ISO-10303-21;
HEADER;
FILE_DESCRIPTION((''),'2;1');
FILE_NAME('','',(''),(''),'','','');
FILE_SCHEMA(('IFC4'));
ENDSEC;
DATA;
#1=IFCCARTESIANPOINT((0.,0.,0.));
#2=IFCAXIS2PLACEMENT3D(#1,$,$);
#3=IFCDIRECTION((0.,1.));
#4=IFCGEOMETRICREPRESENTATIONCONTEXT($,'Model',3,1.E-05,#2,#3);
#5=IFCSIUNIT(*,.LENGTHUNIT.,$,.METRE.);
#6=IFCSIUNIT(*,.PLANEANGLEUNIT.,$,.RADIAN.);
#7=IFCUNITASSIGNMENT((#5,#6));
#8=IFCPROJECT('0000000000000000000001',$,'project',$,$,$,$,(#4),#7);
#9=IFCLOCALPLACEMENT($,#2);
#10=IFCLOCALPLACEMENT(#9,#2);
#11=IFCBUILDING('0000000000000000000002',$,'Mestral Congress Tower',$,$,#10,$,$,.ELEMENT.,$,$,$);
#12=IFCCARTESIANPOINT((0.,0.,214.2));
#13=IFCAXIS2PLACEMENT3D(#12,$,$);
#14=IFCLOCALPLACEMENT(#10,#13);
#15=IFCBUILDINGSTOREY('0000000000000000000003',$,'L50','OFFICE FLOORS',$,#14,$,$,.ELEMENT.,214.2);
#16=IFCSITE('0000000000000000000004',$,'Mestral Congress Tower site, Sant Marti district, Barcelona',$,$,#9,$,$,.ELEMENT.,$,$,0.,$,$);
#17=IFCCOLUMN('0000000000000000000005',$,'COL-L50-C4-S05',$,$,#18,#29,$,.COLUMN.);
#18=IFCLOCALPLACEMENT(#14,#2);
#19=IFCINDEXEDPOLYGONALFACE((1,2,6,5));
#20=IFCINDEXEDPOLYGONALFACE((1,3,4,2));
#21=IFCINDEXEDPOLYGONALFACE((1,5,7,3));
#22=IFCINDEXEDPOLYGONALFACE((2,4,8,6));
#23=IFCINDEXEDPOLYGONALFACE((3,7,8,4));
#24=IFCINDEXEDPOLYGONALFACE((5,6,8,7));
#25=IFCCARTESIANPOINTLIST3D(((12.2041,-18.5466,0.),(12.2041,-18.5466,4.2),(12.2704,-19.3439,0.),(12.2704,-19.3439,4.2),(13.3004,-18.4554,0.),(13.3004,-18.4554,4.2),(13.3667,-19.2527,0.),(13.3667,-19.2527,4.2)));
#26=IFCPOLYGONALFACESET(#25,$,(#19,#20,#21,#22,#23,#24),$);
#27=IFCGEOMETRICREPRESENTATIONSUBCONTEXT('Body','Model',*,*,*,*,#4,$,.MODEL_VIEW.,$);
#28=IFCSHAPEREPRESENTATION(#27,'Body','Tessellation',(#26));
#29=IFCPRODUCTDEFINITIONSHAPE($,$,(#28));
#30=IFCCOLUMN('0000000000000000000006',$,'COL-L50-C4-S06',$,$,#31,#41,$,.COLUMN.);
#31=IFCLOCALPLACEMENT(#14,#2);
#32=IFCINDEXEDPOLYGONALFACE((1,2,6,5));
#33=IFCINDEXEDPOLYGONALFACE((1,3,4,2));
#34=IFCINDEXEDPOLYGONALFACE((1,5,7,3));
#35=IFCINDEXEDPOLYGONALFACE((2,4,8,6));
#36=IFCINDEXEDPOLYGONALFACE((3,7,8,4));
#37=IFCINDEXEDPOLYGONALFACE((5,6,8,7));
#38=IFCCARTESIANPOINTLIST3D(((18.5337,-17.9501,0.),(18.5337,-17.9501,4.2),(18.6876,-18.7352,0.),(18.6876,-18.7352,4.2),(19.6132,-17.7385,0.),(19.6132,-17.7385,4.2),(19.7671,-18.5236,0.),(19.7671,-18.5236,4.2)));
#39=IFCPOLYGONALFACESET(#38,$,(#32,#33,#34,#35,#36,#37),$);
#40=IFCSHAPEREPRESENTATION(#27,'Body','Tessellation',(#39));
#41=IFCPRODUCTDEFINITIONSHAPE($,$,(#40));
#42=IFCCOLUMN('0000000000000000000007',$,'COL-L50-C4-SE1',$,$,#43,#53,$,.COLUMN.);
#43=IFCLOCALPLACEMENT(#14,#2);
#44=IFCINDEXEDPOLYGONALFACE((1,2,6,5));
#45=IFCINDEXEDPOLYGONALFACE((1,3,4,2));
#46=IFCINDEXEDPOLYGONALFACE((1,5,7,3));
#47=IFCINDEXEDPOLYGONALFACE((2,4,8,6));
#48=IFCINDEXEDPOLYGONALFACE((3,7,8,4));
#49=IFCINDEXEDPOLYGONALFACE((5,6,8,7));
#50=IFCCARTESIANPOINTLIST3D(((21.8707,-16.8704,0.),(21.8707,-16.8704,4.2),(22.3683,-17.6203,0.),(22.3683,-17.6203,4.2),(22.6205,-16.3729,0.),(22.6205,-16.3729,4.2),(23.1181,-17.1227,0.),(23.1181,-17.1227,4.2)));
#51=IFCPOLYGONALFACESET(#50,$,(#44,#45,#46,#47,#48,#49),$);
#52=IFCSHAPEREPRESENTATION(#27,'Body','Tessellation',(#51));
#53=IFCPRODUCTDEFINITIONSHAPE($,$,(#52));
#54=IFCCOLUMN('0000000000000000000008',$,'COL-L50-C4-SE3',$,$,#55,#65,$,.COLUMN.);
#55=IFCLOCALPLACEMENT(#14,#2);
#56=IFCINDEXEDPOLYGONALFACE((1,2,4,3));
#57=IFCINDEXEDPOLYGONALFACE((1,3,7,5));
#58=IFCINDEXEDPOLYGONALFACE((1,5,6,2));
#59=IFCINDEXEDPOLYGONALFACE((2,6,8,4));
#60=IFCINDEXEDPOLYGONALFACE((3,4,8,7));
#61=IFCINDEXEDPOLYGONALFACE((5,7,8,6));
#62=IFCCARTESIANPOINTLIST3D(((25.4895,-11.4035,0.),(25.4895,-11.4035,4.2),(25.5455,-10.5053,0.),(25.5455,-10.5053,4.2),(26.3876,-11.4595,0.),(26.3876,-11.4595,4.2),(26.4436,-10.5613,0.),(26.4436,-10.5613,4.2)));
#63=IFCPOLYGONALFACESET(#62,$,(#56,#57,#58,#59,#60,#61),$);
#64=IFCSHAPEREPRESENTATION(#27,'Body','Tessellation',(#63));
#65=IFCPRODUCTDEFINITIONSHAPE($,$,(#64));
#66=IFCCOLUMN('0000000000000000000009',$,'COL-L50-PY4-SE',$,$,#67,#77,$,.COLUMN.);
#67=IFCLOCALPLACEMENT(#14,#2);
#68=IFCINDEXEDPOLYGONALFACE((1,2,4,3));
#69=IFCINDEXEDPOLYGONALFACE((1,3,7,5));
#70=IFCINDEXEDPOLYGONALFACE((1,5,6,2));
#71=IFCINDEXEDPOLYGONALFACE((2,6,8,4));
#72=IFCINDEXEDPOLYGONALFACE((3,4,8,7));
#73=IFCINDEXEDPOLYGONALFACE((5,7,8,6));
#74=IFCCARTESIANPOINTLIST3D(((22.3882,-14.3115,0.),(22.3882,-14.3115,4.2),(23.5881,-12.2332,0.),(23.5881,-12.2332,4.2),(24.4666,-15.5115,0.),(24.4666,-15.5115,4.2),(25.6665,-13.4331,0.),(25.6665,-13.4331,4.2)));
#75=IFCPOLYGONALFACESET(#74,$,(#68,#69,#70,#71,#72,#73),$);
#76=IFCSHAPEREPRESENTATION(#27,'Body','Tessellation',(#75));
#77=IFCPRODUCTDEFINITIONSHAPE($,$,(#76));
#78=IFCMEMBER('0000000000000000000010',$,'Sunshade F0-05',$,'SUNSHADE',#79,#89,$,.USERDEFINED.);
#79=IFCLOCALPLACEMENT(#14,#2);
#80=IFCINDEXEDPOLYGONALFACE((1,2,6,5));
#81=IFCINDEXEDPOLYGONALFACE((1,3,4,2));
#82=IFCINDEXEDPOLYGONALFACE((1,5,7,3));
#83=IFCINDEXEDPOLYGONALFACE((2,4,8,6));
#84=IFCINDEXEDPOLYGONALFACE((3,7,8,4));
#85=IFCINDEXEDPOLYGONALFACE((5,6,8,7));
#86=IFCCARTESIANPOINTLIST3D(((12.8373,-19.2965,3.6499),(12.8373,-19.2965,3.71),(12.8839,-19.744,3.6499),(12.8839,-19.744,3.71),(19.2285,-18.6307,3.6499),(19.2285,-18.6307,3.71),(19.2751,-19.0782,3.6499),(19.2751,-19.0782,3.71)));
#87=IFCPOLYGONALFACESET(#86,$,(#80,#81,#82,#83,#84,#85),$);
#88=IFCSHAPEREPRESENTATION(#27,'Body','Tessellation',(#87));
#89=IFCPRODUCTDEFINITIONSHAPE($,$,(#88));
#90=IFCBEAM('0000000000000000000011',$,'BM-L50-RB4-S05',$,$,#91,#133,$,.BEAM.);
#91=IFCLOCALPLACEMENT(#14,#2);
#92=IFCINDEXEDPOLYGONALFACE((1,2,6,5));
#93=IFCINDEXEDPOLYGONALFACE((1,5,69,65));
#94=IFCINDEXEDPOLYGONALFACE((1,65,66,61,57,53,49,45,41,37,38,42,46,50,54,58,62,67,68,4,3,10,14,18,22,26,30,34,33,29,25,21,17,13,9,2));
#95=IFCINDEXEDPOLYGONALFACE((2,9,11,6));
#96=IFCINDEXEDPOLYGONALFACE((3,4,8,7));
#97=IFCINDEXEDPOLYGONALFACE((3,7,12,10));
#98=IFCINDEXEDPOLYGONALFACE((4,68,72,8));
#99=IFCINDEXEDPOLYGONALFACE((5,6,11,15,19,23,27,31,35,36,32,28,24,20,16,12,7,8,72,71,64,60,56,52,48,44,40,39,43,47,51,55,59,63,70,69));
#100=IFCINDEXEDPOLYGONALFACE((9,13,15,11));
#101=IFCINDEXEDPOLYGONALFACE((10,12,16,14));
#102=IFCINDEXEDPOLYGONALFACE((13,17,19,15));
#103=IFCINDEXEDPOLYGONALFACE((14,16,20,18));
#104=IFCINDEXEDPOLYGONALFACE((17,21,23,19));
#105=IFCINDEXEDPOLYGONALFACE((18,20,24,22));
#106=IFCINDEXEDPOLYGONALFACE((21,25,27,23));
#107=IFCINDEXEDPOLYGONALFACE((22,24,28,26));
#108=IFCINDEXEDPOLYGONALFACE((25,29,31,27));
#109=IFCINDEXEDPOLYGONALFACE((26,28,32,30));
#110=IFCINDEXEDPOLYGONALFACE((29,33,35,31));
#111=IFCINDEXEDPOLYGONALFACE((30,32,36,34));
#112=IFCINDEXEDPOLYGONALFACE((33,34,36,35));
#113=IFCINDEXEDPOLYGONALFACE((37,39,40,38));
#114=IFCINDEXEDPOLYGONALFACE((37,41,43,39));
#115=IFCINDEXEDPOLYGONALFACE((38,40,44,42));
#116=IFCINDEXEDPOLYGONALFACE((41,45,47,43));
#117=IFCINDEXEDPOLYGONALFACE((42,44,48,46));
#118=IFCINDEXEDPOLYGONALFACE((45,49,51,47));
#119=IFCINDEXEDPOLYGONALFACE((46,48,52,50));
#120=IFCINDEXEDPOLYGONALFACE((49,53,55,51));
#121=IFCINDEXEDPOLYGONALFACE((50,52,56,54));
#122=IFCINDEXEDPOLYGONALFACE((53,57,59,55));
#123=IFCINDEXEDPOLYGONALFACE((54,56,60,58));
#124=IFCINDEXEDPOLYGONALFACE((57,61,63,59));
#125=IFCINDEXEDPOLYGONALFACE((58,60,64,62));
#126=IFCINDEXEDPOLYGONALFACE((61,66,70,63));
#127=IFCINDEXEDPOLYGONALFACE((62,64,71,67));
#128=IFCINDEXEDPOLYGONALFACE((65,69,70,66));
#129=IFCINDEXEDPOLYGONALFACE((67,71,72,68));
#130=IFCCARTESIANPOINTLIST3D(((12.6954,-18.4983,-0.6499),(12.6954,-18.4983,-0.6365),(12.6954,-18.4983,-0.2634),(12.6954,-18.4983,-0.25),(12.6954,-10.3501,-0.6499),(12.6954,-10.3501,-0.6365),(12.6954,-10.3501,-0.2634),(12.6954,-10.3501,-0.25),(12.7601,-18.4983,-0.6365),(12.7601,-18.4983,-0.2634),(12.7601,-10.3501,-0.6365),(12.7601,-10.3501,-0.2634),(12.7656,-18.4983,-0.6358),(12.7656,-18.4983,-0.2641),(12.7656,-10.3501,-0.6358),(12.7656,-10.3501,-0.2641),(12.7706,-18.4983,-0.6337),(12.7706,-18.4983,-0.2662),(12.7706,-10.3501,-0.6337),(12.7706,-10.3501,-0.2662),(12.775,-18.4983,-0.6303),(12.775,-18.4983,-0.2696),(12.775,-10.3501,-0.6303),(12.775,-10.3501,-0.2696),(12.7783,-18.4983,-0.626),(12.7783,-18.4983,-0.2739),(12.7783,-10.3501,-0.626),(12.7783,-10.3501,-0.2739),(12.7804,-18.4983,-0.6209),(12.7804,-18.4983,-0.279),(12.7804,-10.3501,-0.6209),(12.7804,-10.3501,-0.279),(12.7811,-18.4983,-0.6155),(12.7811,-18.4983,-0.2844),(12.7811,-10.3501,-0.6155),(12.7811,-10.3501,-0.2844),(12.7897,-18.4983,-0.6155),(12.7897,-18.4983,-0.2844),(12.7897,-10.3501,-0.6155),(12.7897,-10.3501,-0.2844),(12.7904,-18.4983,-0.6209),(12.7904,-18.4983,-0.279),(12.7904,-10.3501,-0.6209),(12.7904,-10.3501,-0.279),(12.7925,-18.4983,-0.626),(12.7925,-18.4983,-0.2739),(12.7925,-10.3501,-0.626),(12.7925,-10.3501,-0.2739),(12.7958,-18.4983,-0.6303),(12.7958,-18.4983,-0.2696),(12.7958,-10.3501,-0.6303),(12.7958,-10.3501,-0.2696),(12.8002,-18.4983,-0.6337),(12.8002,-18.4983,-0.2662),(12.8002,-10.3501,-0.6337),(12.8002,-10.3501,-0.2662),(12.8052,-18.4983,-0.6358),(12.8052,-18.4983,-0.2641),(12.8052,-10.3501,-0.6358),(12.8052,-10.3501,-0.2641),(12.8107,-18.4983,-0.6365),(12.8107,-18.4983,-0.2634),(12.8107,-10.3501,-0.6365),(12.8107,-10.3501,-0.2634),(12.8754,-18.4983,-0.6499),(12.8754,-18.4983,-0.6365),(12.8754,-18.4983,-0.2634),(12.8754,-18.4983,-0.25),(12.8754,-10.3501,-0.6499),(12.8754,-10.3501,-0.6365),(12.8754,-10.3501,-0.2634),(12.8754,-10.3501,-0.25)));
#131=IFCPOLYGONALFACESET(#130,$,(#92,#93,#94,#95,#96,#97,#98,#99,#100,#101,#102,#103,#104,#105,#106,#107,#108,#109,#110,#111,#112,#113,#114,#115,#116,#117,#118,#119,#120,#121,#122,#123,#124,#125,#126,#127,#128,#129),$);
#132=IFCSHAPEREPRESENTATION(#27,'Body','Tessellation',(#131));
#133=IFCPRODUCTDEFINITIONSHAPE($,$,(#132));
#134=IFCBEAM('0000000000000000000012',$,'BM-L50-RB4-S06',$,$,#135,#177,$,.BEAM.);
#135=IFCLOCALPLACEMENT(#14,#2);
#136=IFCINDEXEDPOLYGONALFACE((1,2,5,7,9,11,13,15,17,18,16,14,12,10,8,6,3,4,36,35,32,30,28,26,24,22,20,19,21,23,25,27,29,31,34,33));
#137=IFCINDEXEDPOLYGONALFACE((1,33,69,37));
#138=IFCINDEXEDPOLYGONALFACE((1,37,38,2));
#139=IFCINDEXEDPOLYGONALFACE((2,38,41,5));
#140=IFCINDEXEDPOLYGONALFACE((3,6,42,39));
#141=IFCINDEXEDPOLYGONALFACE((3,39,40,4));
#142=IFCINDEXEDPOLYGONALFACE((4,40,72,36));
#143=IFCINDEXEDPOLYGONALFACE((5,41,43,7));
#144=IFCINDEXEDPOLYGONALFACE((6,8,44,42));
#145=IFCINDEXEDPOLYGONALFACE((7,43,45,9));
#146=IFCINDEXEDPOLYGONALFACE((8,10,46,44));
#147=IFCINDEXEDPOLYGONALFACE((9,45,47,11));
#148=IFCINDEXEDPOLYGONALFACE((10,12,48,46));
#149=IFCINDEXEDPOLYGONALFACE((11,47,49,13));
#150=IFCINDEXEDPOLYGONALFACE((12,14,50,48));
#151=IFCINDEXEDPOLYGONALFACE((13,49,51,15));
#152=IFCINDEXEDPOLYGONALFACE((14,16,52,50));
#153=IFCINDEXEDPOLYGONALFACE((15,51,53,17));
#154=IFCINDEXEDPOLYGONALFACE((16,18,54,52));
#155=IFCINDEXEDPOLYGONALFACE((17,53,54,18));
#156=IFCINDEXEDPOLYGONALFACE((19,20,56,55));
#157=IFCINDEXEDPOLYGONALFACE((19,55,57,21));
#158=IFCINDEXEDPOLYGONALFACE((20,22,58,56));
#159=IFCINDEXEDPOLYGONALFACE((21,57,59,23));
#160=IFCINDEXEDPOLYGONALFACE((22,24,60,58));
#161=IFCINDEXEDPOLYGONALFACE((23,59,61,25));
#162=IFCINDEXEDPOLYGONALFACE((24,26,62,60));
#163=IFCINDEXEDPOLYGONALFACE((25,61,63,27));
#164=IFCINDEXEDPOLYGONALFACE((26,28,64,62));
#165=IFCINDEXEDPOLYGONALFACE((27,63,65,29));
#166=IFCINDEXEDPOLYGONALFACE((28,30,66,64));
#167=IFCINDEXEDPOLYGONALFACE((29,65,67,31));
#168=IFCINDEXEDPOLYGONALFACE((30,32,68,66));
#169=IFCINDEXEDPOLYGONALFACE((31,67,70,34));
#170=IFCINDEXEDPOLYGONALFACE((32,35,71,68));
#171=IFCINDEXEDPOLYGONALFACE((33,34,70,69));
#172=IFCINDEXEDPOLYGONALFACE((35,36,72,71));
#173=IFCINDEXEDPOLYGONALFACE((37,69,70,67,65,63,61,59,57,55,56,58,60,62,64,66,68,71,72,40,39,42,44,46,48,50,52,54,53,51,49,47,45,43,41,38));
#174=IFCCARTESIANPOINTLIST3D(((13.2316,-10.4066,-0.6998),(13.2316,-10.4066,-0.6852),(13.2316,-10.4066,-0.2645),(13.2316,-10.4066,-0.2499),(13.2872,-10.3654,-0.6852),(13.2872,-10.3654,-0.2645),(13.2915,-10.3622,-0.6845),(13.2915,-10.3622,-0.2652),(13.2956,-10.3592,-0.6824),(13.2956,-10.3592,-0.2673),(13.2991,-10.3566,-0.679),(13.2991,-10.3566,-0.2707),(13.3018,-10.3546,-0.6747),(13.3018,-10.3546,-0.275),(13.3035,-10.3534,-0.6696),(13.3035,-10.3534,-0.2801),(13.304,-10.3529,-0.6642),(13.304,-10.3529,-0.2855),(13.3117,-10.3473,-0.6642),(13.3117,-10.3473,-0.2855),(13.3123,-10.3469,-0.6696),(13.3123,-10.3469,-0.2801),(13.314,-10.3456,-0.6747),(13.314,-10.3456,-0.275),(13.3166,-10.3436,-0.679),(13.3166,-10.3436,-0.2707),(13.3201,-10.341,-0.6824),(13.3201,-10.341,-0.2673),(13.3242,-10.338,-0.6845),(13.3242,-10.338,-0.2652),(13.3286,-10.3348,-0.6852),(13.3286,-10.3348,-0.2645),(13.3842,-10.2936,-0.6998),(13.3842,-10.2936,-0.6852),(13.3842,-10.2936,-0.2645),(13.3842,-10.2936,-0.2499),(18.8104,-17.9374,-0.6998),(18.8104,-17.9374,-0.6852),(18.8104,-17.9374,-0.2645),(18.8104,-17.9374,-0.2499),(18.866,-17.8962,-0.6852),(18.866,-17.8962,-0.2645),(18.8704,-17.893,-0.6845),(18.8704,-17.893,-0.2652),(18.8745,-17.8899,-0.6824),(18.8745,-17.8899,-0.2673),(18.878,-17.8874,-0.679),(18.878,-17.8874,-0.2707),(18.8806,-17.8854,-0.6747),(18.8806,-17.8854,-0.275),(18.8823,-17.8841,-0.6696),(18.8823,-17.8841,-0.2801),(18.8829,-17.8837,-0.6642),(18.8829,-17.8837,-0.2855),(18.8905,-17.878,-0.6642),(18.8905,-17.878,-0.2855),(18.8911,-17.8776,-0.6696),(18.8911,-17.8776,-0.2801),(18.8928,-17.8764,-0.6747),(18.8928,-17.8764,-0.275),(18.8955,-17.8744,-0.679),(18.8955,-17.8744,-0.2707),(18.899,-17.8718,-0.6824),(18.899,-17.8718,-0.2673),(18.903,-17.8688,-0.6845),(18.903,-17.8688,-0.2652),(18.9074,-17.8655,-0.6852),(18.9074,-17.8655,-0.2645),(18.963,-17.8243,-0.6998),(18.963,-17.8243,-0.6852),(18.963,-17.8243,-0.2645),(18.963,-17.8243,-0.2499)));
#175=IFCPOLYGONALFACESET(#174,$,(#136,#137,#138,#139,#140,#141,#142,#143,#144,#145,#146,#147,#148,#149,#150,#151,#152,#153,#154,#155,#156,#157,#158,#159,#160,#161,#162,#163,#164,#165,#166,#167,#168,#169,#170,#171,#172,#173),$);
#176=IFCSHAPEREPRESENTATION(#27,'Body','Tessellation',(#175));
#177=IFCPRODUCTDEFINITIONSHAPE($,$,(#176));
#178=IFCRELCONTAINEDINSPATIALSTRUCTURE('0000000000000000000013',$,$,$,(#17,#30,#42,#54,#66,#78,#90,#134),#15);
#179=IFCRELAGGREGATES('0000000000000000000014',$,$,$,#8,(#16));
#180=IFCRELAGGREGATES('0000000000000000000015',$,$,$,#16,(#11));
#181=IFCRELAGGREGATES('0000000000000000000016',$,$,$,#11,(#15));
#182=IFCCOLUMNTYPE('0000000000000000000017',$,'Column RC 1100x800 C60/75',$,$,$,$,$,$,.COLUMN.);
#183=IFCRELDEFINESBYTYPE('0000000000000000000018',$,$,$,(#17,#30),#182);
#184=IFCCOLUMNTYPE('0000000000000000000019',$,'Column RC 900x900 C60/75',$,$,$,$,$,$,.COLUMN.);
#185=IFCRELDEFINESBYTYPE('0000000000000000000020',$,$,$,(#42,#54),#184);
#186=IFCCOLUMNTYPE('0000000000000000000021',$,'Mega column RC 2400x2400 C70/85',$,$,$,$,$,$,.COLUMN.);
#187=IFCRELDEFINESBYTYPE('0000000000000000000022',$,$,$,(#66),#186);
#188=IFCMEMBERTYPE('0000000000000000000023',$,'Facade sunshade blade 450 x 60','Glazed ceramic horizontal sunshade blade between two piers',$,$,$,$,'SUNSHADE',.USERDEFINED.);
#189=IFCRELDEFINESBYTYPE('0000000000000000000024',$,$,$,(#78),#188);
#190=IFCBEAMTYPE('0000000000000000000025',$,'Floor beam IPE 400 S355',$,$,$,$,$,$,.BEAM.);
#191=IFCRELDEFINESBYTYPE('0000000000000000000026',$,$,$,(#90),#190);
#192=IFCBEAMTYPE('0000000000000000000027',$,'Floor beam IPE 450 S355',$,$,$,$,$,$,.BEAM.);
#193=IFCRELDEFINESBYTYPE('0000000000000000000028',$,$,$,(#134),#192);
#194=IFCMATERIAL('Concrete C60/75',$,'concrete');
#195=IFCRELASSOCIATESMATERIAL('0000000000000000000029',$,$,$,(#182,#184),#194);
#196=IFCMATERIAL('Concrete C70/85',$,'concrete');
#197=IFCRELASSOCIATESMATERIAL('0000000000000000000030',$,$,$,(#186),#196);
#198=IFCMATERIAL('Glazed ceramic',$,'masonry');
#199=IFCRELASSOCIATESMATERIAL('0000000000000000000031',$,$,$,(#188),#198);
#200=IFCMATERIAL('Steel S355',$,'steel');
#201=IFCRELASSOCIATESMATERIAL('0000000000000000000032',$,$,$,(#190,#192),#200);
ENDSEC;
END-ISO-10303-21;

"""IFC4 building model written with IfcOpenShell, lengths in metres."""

from ifc_helpers import new_model, si_unit, direction, frame, origin, origin_2d, place, context, subcontext, project, spatial, rectangle, i_section, extrude, material, material_profile, profile_set, type_object, element, save


model = new_model("IFC4")

# Units and contexts
model_context = context("Model", 3, precision=1e-05, world=origin(), true_north=direction((0.0, 1.0)))
body_context = subcontext(model_context, "Body", "Model", "MODEL_VIEW")
ifc_project = project(units=[si_unit("LENGTHUNIT", "METRE"), si_unit("PLANEANGLEUNIT", "RADIAN")], contexts=[model_context])

# Site, building, storey
site_placement = place(None, origin())
site = spatial("IfcSite", under=ifc_project, at=site_placement, Name="Mestral Congress Tower site, Sant Marti district, Barcelona", CompositionType="ELEMENT", RefElevation=0.0)
building_placement = place(site_placement, origin())
building = spatial("IfcBuilding", under=site, at=building_placement, Name="Mestral Congress Tower", CompositionType="ELEMENT")
storey_placement = place(building_placement, frame((0.0, 0.0, 214.2)))
storey = spatial("IfcBuildingStorey", under=building, at=storey_placement, Name="L50", Description="OFFICE FLOORS", CompositionType="ELEMENT", Elevation=214.2)

# Columns
ifc_material_1 = material(Name="Concrete C60/75", Category="concrete")
ifc_material_profile_1 = material_profile(ifc_material_1, rectangle(XDim=1.1001, YDim=0.8, at=origin_2d()), Name="RC 1100x800")
ifc_profile_set_1 = profile_set([ifc_material_profile_1], Name="Concrete C60/75")
column_type_1 = type_object("IfcColumnType", Name="Column RC 1100x800 C60/75", PredefinedType="COLUMN", material=ifc_profile_set_1)
for number, where, z_axis, x_axis, name in (
    (1, (12.7854, -18.8997, 0.0), (0.0, 0.0, 1.0), (0.996557, 0.082914, 0.0), "COL-L50-C4-S05"),
    (2, (19.1504, -18.2368, 0.0), (0.0, 0.0, 1.0), (0.981325, 0.192359, 0.0), "COL-L50-C4-S06"),
):
    element("IfcColumn", number, at=place(storey_placement, frame(where, z_axis=z_axis, x_axis=x_axis)), inside=storey, type_object=column_type_1, Name=name, PredefinedType="COLUMN", context=body_context, shape_type="SweptSolid", body=[
        extrude(rectangle(XDim=1.1001, YDim=0.8, at=origin_2d()), origin(), (0.0, 0.0, 1.0), 4.2),
    ])
ifc_material_profile_2 = material_profile(ifc_material_1, rectangle(XDim=0.8999, YDim=0.8999, at=origin_2d()), Name="RC 900x900")
ifc_profile_set_2 = profile_set([ifc_material_profile_2], Name="Concrete C60/75")
column_type_2 = type_object("IfcColumnType", Name="Column RC 900x900 C60/75", PredefinedType="COLUMN", material=ifc_profile_set_2)
for number, where, z_axis, x_axis, name in (
    (3, (22.4944, -16.9966, 0.0), (0.0, 0.0, 1.0), (0.833239, 0.552913, 0.0), "COL-L50-C4-SE1"),
    (4, (25.9666, -10.9824, 0.0), (0.0, 0.0, 1.0), (0.062217, 0.998063, 0.0), "COL-L50-C4-SE3"),
):
    element("IfcColumn", number, at=place(storey_placement, frame(where, z_axis=z_axis, x_axis=x_axis)), inside=storey, type_object=column_type_2, Name=name, PredefinedType="COLUMN", context=body_context, shape_type="SweptSolid", body=[
        extrude(rectangle(XDim=0.8999, YDim=0.8999, at=origin_2d()), origin(), (0.0, 0.0, 1.0), 4.2),
    ])
ifc_material_2 = material(Name="Concrete C70/85", Category="concrete")
ifc_material_profile_3 = material_profile(ifc_material_2, rectangle(XDim=2.3999, YDim=2.3999, at=origin_2d()), Name="RC 2400x2400")
ifc_profile_set_3 = profile_set([ifc_material_profile_3], Name="Concrete C70/85")
column_type_3 = type_object("IfcColumnType", Name="Mega column RC 2400x2400 C70/85", PredefinedType="COLUMN", material=ifc_profile_set_3)
column_placement = place(storey_placement, frame((24.0273, -13.8723, 0.0), z_axis=(0.0, 0.0, 1.0), x_axis=(0.866025, -0.5, 0.0)))
element("IfcColumn", 5, at=column_placement, inside=storey, type_object=column_type_3, Name="COL-L50-PY4-SE", PredefinedType="COLUMN", context=body_context, shape_type="SweptSolid", body=[
    extrude(rectangle(XDim=2.3999, YDim=2.3999, at=origin_2d()), origin(), (0.0, 0.0, 1.0), 4.2),
])

# Member
ifc_material_3 = material(Name="Glazed ceramic", Category="masonry")
ifc_material_profile_4 = material_profile(ifc_material_3, rectangle(XDim=0.45, YDim=0.0601, at=origin_2d()), Name="Ceramic blade 450 x 60")
ifc_profile_set_4 = profile_set([ifc_material_profile_4], Name="Glazed ceramic")
member_type = type_object("IfcMemberType", Name="Facade sunshade blade 450 x 60", Description="Glazed ceramic horizontal sunshade blade between two piers", ElementType="SUNSHADE", PredefinedType="USERDEFINED", material=ifc_profile_set_4)
member_placement = place(storey_placement, frame((12.8606, -19.5203, 3.6799), z_axis=(0.994618, 0.103611, 0.0), x_axis=(-0.103611, 0.994618, 0.0)))
element("IfcMember", 6, at=member_placement, inside=storey, type_object=member_type, Name="Sunshade F0-05", ObjectType="SUNSHADE", PredefinedType="USERDEFINED", context=body_context, shape_type="SweptSolid", body=[
    extrude(rectangle(XDim=0.45, YDim=0.0601, at=origin_2d()), origin(), (0.0, 0.0, 1.0), 6.4258),
])

# Beams
ifc_material_4 = material(Name="Steel S355", Category="steel")
ifc_material_profile_5 = material_profile(ifc_material_4, i_section(OverallWidth=0.1799, OverallDepth=0.3999, WebThickness=0.0085, FlangeThickness=0.0134, FilletRadius=0.021, at=origin_2d()), Name="IPE 400")
ifc_profile_set_5 = profile_set([ifc_material_profile_5], Name="Steel S355")
beam_type_1 = type_object("IfcBeamType", Name="Floor beam IPE 400 S355", PredefinedType="BEAM", material=ifc_profile_set_5)
beam_1_placement = place(storey_placement, frame((12.7854, -18.4983, -0.45), z_axis=(0.0, 1.0, 0.0), x_axis=(-1.0, 0.0, 0.0)))
element("IfcBeam", 7, at=beam_1_placement, inside=storey, type_object=beam_type_1, Name="BM-L50-RB4-S05", PredefinedType="BEAM", context=body_context, shape_type="SweptSolid", body=[
    extrude(i_section(OverallWidth=0.1799, OverallDepth=0.3999, WebThickness=0.0085, FlangeThickness=0.0134, FilletRadius=0.021, at=origin_2d()), origin(), (0.0, 0.0, 1.0), 8.1482),
])
ifc_material_profile_6 = material_profile(ifc_material_4, i_section(OverallWidth=0.1899, OverallDepth=0.45, WebThickness=0.0095, FlangeThickness=0.0146, FilletRadius=0.021, at=origin_2d()), Name="IPE 450")
ifc_profile_set_6 = profile_set([ifc_material_profile_6], Name="Steel S355")
beam_type_2 = type_object("IfcBeamType", Name="Floor beam IPE 450 S355", PredefinedType="BEAM", material=ifc_profile_set_6)
beam_2_placement = place(storey_placement, frame((18.8867, -17.8809, -0.4749), z_axis=(-0.595263, 0.803531, 0.0), x_axis=(-0.803531, -0.595263, 0.0)))
element("IfcBeam", 8, at=beam_2_placement, inside=storey, type_object=beam_type_2, Name="BM-L50-RB4-S06", PredefinedType="BEAM", context=body_context, shape_type="SweptSolid", body=[
    extrude(i_section(OverallWidth=0.1899, OverallDepth=0.45, WebThickness=0.0095, FlangeThickness=0.0146, FilletRadius=0.021, at=origin_2d()), origin(), (0.0, 0.0, 1.0), 9.3721),
])

save(model, "model.ifc")
